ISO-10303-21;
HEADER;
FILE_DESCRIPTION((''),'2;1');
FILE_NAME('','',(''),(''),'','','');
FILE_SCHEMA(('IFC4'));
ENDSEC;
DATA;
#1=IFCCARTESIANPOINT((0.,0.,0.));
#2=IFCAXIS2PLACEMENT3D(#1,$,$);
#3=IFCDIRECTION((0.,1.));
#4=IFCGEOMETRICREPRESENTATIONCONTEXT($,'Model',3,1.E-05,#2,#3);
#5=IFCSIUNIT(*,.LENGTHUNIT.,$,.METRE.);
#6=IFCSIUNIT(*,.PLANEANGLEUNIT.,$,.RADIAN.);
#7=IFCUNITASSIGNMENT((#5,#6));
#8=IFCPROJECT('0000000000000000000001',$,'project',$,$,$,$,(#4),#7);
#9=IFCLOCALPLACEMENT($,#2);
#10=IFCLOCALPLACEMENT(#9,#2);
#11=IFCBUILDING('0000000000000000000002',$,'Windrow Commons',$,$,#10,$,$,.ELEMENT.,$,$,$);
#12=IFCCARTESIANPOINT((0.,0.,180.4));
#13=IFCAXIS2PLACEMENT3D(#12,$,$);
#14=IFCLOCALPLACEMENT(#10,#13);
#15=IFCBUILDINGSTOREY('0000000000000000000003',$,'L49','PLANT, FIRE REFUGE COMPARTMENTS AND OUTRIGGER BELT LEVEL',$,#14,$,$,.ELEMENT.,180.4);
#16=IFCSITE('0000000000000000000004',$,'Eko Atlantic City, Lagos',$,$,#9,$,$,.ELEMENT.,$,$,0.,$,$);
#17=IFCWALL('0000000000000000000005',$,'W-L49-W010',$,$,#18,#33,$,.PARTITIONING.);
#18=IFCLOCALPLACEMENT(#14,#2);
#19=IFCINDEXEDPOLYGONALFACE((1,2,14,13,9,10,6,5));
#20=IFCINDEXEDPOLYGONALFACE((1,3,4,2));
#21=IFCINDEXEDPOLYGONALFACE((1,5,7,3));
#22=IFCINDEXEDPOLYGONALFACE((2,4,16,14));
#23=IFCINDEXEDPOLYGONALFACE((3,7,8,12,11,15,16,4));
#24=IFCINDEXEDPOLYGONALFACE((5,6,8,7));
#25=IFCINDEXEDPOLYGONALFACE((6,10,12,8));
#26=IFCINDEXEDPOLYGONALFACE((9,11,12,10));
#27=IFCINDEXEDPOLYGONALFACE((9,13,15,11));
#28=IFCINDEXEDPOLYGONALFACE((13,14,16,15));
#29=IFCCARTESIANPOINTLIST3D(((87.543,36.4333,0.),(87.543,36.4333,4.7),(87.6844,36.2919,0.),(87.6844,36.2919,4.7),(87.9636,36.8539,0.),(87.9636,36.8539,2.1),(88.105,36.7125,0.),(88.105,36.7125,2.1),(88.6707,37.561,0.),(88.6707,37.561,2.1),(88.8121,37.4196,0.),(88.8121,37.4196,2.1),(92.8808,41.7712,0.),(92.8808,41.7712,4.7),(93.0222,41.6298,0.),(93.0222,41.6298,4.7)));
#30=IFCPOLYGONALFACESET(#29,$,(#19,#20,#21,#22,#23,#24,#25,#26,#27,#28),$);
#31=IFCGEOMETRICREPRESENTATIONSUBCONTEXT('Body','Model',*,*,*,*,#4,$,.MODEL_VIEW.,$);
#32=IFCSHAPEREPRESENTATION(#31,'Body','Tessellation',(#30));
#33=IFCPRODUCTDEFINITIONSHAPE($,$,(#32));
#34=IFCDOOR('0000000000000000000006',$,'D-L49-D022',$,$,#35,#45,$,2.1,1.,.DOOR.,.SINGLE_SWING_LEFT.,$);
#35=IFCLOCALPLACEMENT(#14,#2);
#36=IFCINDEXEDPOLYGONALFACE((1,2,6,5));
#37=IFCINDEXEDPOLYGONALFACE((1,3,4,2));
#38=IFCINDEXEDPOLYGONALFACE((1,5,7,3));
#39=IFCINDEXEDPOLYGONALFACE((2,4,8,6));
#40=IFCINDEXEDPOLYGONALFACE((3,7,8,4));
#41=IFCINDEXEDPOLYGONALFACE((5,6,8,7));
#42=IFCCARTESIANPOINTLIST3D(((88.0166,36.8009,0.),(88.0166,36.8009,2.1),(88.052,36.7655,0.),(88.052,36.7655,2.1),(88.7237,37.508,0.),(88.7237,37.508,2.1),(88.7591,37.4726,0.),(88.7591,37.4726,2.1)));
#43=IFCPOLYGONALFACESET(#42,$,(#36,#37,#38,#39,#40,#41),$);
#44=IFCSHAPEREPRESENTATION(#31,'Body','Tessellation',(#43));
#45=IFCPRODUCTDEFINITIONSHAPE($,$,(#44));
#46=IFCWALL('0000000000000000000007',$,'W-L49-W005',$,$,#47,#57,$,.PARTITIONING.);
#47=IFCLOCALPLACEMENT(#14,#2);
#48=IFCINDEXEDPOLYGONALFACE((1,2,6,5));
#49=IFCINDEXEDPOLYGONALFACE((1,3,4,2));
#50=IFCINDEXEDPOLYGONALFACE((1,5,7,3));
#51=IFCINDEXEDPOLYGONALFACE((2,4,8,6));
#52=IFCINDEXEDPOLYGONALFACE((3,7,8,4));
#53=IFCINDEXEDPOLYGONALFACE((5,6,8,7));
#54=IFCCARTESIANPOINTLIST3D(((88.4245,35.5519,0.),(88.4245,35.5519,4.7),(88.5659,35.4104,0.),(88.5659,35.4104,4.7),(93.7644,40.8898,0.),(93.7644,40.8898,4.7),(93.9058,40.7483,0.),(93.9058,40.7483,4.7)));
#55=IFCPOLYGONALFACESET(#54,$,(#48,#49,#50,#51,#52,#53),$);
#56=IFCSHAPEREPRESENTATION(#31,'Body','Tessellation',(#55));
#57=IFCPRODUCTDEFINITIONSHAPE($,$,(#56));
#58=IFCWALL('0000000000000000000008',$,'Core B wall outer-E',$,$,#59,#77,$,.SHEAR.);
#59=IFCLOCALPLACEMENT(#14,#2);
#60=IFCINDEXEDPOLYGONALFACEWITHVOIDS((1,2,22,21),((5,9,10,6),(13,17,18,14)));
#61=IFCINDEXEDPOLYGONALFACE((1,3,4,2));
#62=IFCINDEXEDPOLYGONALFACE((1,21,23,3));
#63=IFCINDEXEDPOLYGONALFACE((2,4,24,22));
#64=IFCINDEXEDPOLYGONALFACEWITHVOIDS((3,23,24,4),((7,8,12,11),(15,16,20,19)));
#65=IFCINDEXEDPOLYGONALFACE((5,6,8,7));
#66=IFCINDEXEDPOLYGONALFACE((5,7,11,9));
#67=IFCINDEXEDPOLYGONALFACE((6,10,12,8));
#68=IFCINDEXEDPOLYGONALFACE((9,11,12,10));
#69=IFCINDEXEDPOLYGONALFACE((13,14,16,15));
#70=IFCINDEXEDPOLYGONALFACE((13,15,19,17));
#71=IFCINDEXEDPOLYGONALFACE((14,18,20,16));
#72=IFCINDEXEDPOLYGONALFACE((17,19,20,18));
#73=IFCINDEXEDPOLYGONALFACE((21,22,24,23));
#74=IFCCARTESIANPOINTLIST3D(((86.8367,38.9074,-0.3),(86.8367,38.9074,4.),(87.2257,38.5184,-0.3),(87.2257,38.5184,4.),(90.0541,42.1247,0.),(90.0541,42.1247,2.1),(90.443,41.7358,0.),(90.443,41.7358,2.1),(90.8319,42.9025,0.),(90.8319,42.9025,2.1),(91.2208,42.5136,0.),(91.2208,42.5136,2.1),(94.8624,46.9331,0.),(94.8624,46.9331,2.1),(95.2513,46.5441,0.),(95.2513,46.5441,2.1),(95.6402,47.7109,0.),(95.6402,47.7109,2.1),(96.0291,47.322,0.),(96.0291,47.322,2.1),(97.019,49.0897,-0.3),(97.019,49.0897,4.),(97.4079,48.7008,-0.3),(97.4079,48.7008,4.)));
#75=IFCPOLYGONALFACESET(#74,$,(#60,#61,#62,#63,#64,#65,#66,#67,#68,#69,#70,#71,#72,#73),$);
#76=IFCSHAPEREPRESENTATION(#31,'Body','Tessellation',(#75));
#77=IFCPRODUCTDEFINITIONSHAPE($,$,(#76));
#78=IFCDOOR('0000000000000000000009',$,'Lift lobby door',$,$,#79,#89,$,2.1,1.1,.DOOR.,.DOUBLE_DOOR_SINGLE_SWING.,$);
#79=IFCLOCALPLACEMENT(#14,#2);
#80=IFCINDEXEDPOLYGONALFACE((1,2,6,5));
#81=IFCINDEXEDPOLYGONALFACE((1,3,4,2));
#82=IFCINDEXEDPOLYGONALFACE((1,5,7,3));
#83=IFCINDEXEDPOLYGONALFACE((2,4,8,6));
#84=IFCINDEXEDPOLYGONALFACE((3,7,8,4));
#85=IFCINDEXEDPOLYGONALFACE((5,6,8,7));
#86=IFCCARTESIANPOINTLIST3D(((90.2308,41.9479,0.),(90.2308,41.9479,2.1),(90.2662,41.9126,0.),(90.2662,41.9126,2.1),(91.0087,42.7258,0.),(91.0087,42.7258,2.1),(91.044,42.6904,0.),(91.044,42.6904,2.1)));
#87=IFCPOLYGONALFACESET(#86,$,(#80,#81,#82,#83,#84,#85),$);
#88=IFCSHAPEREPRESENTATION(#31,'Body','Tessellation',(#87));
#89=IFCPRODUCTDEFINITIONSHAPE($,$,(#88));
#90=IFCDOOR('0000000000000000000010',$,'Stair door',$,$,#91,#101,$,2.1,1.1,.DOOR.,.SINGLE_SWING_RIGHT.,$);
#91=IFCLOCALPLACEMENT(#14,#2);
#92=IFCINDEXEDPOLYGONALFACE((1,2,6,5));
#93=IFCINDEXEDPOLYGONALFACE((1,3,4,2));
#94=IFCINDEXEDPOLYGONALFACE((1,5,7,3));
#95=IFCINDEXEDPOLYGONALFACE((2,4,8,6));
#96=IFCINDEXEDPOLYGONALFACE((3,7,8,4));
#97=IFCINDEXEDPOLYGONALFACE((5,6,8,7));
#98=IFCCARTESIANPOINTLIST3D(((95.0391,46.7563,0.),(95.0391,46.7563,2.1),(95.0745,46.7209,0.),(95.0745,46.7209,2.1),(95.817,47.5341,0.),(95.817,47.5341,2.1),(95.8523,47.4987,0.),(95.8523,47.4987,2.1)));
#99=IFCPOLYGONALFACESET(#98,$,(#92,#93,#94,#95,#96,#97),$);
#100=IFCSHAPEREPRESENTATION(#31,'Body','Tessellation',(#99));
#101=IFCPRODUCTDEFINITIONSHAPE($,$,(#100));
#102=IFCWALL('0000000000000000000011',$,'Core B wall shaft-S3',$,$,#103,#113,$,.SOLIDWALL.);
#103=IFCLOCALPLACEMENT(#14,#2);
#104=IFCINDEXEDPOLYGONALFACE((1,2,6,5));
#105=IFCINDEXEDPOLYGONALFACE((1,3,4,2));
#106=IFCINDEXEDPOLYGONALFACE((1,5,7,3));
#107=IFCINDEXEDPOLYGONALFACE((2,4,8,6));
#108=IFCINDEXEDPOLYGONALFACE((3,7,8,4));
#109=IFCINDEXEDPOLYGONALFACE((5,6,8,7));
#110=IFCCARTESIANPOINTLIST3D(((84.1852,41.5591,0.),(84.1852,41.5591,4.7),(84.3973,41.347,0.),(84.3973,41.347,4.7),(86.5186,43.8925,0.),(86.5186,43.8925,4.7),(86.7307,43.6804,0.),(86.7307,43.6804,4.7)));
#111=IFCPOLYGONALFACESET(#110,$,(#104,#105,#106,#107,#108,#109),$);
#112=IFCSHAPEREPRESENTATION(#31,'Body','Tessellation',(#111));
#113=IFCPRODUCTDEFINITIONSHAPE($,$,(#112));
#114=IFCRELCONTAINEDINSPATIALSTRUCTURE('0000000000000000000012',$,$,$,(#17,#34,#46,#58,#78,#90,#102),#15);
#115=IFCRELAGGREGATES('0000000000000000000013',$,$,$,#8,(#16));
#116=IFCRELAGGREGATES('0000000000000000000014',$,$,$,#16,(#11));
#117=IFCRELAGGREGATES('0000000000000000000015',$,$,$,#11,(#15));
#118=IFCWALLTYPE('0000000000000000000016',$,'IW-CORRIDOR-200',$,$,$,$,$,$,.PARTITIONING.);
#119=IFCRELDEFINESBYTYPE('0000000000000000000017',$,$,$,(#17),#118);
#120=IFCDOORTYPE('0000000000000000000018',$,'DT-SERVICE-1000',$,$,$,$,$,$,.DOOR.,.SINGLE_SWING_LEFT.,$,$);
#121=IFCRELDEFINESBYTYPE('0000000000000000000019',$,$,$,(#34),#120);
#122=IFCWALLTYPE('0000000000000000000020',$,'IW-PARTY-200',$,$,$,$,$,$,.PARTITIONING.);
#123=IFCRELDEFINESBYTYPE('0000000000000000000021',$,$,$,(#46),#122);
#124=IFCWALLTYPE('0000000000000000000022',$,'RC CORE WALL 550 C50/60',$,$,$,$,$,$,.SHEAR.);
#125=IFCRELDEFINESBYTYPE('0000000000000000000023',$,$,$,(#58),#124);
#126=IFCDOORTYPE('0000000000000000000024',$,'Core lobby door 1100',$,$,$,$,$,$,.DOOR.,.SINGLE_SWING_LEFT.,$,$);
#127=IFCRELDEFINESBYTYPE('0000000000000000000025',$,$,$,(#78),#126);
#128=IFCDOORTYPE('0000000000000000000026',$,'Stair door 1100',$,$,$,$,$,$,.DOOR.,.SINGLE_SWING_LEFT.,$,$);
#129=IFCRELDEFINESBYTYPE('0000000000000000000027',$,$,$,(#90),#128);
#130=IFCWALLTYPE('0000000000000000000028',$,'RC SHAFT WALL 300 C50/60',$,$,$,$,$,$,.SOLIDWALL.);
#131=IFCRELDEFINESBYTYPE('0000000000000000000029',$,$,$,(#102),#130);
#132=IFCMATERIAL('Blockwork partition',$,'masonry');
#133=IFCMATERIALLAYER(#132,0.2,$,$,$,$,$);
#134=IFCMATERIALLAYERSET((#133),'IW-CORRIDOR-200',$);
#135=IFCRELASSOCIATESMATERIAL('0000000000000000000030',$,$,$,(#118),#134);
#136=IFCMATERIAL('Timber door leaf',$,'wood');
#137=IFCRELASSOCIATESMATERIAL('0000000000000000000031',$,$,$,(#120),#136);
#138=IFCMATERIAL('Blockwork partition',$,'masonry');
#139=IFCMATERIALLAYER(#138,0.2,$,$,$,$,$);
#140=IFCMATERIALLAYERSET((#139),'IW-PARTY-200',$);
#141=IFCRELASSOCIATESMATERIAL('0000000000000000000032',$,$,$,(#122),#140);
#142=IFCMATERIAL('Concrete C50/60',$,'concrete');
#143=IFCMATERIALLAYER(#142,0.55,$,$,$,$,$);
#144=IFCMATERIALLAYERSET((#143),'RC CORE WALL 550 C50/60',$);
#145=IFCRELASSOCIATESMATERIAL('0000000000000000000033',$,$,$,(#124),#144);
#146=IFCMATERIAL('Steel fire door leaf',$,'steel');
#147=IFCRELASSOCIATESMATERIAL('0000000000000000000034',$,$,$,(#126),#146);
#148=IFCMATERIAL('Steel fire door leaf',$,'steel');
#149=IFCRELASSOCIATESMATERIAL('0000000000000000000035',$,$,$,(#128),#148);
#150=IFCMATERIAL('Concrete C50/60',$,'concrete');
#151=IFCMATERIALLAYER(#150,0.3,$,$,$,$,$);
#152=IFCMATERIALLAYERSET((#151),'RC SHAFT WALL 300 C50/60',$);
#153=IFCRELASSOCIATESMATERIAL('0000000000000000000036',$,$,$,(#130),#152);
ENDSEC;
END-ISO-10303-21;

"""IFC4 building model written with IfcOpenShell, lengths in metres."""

from ifc_helpers import new_model, si_unit, direction, frame, frame_2d, origin, place, context, subcontext, project, spatial, rectangle, extrude, material, layer, layer_set, type_object, element, fill, save


model = new_model("IFC4")

# Units and contexts
model_context = context("Model", 3, precision=1e-05, world=origin(), true_north=direction((0.0, 1.0)))
body_context = subcontext(model_context, "Body", "Model", "MODEL_VIEW")
ifc_project = project(units=[si_unit("LENGTHUNIT", "METRE"), si_unit("PLANEANGLEUNIT", "RADIAN")], contexts=[model_context])

# Site, building, storey
site_placement = place(None, origin())
site = spatial("IfcSite", under=ifc_project, at=site_placement, Name="Eko Atlantic City, Lagos", CompositionType="ELEMENT", RefElevation=0.0)
building_placement = place(site_placement, origin())
building = spatial("IfcBuilding", under=site, at=building_placement, Name="Windrow Commons", CompositionType="ELEMENT")
storey_placement = place(building_placement, frame((0.0, 0.0, 180.4)))
storey = spatial("IfcBuildingStorey", under=building, at=storey_placement, Name="L49", Description="PLANT, FIRE REFUGE COMPARTMENTS AND OUTRIGGER BELT LEVEL", CompositionType="ELEMENT", Elevation=180.4)

# Wall, opening, door
ifc_material_1 = material(Name="Blockwork partition", Category="masonry")
ifc_layer_1 = layer(ifc_material_1, 0.2)
ifc_layer_set_1 = layer_set([ifc_layer_1], Name="IW-CORRIDOR-200")
wall_type_1 = type_object("IfcWallType", Name="IW-CORRIDOR-200", PredefinedType="PARTITIONING", material=ifc_layer_set_1)
wall_1_placement = place(storey_placement, frame((87.6137, 36.3626, 0.0), z_axis=(0.0, 0.0, 1.0), x_axis=(0.7071, 0.707113, 0.0)))
wall_1 = element("IfcWall", 1, at=wall_1_placement, inside=storey, type_object=wall_type_1, Name="W-L49-W010", PredefinedType="PARTITIONING", context=body_context, shape_type="SweptSolid", body=[
    extrude(rectangle(XDim=7.5489, YDim=0.2, at=frame_2d((3.7744, 0.0))), origin(), (0.0, 0.0, 1.0), 4.7),
])
opening_1_placement = place(wall_1_placement, frame((0.5948, 0.0, 0.0)))
opening_1 = element("IfcOpeningElement", 2, at=opening_1_placement, cuts=wall_1, PredefinedType="OPENING", context=body_context, shape_type="SweptSolid", body=[
    extrude(rectangle(XDim=1.0, YDim=2.1, at=frame_2d((0.5, 1.05))), frame((0.0, 0.11, 0.0), z_axis=(0.0, -1.0, 0.0), x_axis=(1.0, 0.0, 0.0)), (0.0, 0.0, 1.0), 0.22),
])
ifc_material_2 = material(Name="Timber door leaf", Category="wood")
door_type_1 = type_object("IfcDoorType", Name="DT-SERVICE-1000", OperationType="SINGLE_SWING_LEFT", PredefinedType="DOOR", material=ifc_material_2)
door_1_placement = place(opening_1_placement, origin())
door_1 = element("IfcDoor", 3, at=door_1_placement, inside=storey, type_object=door_type_1, Name="D-L49-D022", OperationType="SINGLE_SWING_LEFT", OverallHeight=2.1, OverallWidth=1.0, PredefinedType="DOOR", context=body_context, shape_type="SweptSolid", body=[
    extrude(rectangle(XDim=1.0, YDim=2.1, at=frame_2d((0.5, 1.05))), frame((0.0, 0.025, 0.0), z_axis=(0.0, -1.0, 0.0), x_axis=(1.0, 0.0, 0.0)), (0.0, 0.0, 1.0), 0.05),
])
fill(opening_1, door_1)

# Wall
ifc_material_3 = material(Name="Blockwork partition", Category="masonry")
ifc_layer_2 = layer(ifc_material_3, 0.2)
ifc_layer_set_2 = layer_set([ifc_layer_2], Name="IW-PARTY-200")
wall_type_2 = type_object("IfcWallType", Name="IW-PARTY-200", PredefinedType="PARTITIONING", material=ifc_layer_set_2)
wall_2_placement = place(storey_placement, frame((88.4952, 35.4811, 0.0), z_axis=(0.0, 0.0, 1.0), x_axis=(0.707233, 0.706981, 0.0)))
element("IfcWall", 4, at=wall_2_placement, inside=storey, type_object=wall_type_2, Name="W-L49-W005", PredefinedType="PARTITIONING", context=body_context, shape_type="SweptSolid", body=[
    extrude(rectangle(XDim=7.5503, YDim=0.2, at=frame_2d((3.7752, 0.0))), origin(), (0.0, 0.0, 1.0), 4.7),
])

# Wall, openings, doors
ifc_material_4 = material(Name="Concrete C50/60", Category="concrete")
ifc_layer_3 = layer(ifc_material_4, 0.55)
ifc_layer_set_3 = layer_set([ifc_layer_3], Name="RC CORE WALL 550 C50/60")
wall_type_3 = type_object("IfcWallType", Name="RC CORE WALL 550 C50/60", PredefinedType="SHEAR", material=ifc_layer_set_3)
wall_3_placement = place(storey_placement, frame((87.0312, 38.7129, -0.3), z_axis=(0.0, 0.0, 1.0), x_axis=(0.707103, 0.70711, 0.0)))
wall_3 = element("IfcWall", 5, at=wall_3_placement, inside=storey, type_object=wall_type_3, Name="Core B wall outer-E", PredefinedType="SHEAR", context=body_context, shape_type="SweptSolid", body=[
    extrude(rectangle(XDim=14.4, YDim=0.55, at=frame_2d((7.2, 0.0))), origin(), (0.0, 0.0, 1.0), 4.3),
])
opening_2_placement = place(wall_3_placement, frame((4.55, 0.0, 0.3)))
opening_2 = element("IfcOpeningElement", 6, at=opening_2_placement, cuts=wall_3, PredefinedType="OPENING", context=body_context, shape_type="SweptSolid", body=[
    extrude(rectangle(XDim=1.1, YDim=2.1, at=frame_2d((0.55, 1.05))), frame((0.0, 0.285, 0.0), z_axis=(0.0, -1.0, 0.0), x_axis=(1.0, 0.0, 0.0)), (0.0, 0.0, 1.0), 0.57),
])
opening_3_placement = place(wall_3_placement, frame((11.35, 0.0, 0.3)))
opening_3 = element("IfcOpeningElement", 7, at=opening_3_placement, cuts=wall_3, PredefinedType="OPENING", context=body_context, shape_type="SweptSolid", body=[
    extrude(rectangle(XDim=1.1, YDim=2.1, at=frame_2d((0.55, 1.05))), frame((0.0, 0.285, 0.0), z_axis=(0.0, -1.0, 0.0), x_axis=(1.0, 0.0, 0.0)), (0.0, 0.0, 1.0), 0.57),
])
ifc_material_5 = material(Name="Steel fire door leaf", Category="steel")
door_type_2 = type_object("IfcDoorType", Name="Core lobby door 1100", OperationType="SINGLE_SWING_LEFT", PredefinedType="DOOR", material=ifc_material_5)
door_2_placement = place(opening_2_placement, origin())
door_2 = element("IfcDoor", 8, at=door_2_placement, inside=storey, type_object=door_type_2, Name="Lift lobby door", OperationType="DOUBLE_DOOR_SINGLE_SWING", OverallHeight=2.1, OverallWidth=1.1, PredefinedType="DOOR", context=body_context, shape_type="SweptSolid", body=[
    extrude(rectangle(XDim=1.1, YDim=2.1, at=frame_2d((0.55, 1.05))), frame((0.0, 0.025, 0.0), z_axis=(0.0, -1.0, 0.0), x_axis=(1.0, 0.0, 0.0)), (0.0, 0.0, 1.0), 0.05),
])
fill(opening_2, door_2)
ifc_material_6 = material(Name="Steel fire door leaf", Category="steel")
door_type_3 = type_object("IfcDoorType", Name="Stair door 1100", OperationType="SINGLE_SWING_LEFT", PredefinedType="DOOR", material=ifc_material_6)
door_3_placement = place(opening_3_placement, origin())
door_3 = element("IfcDoor", 9, at=door_3_placement, inside=storey, type_object=door_type_3, Name="Stair door", OperationType="SINGLE_SWING_RIGHT", OverallHeight=2.1, OverallWidth=1.1, PredefinedType="DOOR", context=body_context, shape_type="SweptSolid", body=[
    extrude(rectangle(XDim=1.1, YDim=2.1, at=frame_2d((0.55, 1.05))), frame((0.0, 0.025, 0.0), z_axis=(0.0, -1.0, 0.0), x_axis=(1.0, 0.0, 0.0)), (0.0, 0.0, 1.0), 0.05),
])
fill(opening_3, door_3)

# Wall
ifc_material_7 = material(Name="Concrete C50/60", Category="concrete")
ifc_layer_4 = layer(ifc_material_7, 0.3)
ifc_layer_set_4 = layer_set([ifc_layer_4], Name="RC SHAFT WALL 300 C50/60")
wall_type_4 = type_object("IfcWallType", Name="RC SHAFT WALL 300 C50/60", PredefinedType="SOLIDWALL", material=ifc_layer_set_4)
wall_4_placement = place(storey_placement, frame((84.2912, 41.453, 0.0), z_axis=(0.0, 0.0, 1.0), x_axis=(0.707107, 0.707107, 0.0)))
element("IfcWall", 10, at=wall_4_placement, inside=storey, type_object=wall_type_4, Name="Core B wall shaft-S3", PredefinedType="SOLIDWALL", context=body_context, shape_type="SweptSolid", body=[
    extrude(rectangle(XDim=3.2999, YDim=0.3, at=frame_2d((1.65, 0.0))), origin(), (0.0, 0.0, 1.0), 4.7),
])

save(model, "model.ifc")
